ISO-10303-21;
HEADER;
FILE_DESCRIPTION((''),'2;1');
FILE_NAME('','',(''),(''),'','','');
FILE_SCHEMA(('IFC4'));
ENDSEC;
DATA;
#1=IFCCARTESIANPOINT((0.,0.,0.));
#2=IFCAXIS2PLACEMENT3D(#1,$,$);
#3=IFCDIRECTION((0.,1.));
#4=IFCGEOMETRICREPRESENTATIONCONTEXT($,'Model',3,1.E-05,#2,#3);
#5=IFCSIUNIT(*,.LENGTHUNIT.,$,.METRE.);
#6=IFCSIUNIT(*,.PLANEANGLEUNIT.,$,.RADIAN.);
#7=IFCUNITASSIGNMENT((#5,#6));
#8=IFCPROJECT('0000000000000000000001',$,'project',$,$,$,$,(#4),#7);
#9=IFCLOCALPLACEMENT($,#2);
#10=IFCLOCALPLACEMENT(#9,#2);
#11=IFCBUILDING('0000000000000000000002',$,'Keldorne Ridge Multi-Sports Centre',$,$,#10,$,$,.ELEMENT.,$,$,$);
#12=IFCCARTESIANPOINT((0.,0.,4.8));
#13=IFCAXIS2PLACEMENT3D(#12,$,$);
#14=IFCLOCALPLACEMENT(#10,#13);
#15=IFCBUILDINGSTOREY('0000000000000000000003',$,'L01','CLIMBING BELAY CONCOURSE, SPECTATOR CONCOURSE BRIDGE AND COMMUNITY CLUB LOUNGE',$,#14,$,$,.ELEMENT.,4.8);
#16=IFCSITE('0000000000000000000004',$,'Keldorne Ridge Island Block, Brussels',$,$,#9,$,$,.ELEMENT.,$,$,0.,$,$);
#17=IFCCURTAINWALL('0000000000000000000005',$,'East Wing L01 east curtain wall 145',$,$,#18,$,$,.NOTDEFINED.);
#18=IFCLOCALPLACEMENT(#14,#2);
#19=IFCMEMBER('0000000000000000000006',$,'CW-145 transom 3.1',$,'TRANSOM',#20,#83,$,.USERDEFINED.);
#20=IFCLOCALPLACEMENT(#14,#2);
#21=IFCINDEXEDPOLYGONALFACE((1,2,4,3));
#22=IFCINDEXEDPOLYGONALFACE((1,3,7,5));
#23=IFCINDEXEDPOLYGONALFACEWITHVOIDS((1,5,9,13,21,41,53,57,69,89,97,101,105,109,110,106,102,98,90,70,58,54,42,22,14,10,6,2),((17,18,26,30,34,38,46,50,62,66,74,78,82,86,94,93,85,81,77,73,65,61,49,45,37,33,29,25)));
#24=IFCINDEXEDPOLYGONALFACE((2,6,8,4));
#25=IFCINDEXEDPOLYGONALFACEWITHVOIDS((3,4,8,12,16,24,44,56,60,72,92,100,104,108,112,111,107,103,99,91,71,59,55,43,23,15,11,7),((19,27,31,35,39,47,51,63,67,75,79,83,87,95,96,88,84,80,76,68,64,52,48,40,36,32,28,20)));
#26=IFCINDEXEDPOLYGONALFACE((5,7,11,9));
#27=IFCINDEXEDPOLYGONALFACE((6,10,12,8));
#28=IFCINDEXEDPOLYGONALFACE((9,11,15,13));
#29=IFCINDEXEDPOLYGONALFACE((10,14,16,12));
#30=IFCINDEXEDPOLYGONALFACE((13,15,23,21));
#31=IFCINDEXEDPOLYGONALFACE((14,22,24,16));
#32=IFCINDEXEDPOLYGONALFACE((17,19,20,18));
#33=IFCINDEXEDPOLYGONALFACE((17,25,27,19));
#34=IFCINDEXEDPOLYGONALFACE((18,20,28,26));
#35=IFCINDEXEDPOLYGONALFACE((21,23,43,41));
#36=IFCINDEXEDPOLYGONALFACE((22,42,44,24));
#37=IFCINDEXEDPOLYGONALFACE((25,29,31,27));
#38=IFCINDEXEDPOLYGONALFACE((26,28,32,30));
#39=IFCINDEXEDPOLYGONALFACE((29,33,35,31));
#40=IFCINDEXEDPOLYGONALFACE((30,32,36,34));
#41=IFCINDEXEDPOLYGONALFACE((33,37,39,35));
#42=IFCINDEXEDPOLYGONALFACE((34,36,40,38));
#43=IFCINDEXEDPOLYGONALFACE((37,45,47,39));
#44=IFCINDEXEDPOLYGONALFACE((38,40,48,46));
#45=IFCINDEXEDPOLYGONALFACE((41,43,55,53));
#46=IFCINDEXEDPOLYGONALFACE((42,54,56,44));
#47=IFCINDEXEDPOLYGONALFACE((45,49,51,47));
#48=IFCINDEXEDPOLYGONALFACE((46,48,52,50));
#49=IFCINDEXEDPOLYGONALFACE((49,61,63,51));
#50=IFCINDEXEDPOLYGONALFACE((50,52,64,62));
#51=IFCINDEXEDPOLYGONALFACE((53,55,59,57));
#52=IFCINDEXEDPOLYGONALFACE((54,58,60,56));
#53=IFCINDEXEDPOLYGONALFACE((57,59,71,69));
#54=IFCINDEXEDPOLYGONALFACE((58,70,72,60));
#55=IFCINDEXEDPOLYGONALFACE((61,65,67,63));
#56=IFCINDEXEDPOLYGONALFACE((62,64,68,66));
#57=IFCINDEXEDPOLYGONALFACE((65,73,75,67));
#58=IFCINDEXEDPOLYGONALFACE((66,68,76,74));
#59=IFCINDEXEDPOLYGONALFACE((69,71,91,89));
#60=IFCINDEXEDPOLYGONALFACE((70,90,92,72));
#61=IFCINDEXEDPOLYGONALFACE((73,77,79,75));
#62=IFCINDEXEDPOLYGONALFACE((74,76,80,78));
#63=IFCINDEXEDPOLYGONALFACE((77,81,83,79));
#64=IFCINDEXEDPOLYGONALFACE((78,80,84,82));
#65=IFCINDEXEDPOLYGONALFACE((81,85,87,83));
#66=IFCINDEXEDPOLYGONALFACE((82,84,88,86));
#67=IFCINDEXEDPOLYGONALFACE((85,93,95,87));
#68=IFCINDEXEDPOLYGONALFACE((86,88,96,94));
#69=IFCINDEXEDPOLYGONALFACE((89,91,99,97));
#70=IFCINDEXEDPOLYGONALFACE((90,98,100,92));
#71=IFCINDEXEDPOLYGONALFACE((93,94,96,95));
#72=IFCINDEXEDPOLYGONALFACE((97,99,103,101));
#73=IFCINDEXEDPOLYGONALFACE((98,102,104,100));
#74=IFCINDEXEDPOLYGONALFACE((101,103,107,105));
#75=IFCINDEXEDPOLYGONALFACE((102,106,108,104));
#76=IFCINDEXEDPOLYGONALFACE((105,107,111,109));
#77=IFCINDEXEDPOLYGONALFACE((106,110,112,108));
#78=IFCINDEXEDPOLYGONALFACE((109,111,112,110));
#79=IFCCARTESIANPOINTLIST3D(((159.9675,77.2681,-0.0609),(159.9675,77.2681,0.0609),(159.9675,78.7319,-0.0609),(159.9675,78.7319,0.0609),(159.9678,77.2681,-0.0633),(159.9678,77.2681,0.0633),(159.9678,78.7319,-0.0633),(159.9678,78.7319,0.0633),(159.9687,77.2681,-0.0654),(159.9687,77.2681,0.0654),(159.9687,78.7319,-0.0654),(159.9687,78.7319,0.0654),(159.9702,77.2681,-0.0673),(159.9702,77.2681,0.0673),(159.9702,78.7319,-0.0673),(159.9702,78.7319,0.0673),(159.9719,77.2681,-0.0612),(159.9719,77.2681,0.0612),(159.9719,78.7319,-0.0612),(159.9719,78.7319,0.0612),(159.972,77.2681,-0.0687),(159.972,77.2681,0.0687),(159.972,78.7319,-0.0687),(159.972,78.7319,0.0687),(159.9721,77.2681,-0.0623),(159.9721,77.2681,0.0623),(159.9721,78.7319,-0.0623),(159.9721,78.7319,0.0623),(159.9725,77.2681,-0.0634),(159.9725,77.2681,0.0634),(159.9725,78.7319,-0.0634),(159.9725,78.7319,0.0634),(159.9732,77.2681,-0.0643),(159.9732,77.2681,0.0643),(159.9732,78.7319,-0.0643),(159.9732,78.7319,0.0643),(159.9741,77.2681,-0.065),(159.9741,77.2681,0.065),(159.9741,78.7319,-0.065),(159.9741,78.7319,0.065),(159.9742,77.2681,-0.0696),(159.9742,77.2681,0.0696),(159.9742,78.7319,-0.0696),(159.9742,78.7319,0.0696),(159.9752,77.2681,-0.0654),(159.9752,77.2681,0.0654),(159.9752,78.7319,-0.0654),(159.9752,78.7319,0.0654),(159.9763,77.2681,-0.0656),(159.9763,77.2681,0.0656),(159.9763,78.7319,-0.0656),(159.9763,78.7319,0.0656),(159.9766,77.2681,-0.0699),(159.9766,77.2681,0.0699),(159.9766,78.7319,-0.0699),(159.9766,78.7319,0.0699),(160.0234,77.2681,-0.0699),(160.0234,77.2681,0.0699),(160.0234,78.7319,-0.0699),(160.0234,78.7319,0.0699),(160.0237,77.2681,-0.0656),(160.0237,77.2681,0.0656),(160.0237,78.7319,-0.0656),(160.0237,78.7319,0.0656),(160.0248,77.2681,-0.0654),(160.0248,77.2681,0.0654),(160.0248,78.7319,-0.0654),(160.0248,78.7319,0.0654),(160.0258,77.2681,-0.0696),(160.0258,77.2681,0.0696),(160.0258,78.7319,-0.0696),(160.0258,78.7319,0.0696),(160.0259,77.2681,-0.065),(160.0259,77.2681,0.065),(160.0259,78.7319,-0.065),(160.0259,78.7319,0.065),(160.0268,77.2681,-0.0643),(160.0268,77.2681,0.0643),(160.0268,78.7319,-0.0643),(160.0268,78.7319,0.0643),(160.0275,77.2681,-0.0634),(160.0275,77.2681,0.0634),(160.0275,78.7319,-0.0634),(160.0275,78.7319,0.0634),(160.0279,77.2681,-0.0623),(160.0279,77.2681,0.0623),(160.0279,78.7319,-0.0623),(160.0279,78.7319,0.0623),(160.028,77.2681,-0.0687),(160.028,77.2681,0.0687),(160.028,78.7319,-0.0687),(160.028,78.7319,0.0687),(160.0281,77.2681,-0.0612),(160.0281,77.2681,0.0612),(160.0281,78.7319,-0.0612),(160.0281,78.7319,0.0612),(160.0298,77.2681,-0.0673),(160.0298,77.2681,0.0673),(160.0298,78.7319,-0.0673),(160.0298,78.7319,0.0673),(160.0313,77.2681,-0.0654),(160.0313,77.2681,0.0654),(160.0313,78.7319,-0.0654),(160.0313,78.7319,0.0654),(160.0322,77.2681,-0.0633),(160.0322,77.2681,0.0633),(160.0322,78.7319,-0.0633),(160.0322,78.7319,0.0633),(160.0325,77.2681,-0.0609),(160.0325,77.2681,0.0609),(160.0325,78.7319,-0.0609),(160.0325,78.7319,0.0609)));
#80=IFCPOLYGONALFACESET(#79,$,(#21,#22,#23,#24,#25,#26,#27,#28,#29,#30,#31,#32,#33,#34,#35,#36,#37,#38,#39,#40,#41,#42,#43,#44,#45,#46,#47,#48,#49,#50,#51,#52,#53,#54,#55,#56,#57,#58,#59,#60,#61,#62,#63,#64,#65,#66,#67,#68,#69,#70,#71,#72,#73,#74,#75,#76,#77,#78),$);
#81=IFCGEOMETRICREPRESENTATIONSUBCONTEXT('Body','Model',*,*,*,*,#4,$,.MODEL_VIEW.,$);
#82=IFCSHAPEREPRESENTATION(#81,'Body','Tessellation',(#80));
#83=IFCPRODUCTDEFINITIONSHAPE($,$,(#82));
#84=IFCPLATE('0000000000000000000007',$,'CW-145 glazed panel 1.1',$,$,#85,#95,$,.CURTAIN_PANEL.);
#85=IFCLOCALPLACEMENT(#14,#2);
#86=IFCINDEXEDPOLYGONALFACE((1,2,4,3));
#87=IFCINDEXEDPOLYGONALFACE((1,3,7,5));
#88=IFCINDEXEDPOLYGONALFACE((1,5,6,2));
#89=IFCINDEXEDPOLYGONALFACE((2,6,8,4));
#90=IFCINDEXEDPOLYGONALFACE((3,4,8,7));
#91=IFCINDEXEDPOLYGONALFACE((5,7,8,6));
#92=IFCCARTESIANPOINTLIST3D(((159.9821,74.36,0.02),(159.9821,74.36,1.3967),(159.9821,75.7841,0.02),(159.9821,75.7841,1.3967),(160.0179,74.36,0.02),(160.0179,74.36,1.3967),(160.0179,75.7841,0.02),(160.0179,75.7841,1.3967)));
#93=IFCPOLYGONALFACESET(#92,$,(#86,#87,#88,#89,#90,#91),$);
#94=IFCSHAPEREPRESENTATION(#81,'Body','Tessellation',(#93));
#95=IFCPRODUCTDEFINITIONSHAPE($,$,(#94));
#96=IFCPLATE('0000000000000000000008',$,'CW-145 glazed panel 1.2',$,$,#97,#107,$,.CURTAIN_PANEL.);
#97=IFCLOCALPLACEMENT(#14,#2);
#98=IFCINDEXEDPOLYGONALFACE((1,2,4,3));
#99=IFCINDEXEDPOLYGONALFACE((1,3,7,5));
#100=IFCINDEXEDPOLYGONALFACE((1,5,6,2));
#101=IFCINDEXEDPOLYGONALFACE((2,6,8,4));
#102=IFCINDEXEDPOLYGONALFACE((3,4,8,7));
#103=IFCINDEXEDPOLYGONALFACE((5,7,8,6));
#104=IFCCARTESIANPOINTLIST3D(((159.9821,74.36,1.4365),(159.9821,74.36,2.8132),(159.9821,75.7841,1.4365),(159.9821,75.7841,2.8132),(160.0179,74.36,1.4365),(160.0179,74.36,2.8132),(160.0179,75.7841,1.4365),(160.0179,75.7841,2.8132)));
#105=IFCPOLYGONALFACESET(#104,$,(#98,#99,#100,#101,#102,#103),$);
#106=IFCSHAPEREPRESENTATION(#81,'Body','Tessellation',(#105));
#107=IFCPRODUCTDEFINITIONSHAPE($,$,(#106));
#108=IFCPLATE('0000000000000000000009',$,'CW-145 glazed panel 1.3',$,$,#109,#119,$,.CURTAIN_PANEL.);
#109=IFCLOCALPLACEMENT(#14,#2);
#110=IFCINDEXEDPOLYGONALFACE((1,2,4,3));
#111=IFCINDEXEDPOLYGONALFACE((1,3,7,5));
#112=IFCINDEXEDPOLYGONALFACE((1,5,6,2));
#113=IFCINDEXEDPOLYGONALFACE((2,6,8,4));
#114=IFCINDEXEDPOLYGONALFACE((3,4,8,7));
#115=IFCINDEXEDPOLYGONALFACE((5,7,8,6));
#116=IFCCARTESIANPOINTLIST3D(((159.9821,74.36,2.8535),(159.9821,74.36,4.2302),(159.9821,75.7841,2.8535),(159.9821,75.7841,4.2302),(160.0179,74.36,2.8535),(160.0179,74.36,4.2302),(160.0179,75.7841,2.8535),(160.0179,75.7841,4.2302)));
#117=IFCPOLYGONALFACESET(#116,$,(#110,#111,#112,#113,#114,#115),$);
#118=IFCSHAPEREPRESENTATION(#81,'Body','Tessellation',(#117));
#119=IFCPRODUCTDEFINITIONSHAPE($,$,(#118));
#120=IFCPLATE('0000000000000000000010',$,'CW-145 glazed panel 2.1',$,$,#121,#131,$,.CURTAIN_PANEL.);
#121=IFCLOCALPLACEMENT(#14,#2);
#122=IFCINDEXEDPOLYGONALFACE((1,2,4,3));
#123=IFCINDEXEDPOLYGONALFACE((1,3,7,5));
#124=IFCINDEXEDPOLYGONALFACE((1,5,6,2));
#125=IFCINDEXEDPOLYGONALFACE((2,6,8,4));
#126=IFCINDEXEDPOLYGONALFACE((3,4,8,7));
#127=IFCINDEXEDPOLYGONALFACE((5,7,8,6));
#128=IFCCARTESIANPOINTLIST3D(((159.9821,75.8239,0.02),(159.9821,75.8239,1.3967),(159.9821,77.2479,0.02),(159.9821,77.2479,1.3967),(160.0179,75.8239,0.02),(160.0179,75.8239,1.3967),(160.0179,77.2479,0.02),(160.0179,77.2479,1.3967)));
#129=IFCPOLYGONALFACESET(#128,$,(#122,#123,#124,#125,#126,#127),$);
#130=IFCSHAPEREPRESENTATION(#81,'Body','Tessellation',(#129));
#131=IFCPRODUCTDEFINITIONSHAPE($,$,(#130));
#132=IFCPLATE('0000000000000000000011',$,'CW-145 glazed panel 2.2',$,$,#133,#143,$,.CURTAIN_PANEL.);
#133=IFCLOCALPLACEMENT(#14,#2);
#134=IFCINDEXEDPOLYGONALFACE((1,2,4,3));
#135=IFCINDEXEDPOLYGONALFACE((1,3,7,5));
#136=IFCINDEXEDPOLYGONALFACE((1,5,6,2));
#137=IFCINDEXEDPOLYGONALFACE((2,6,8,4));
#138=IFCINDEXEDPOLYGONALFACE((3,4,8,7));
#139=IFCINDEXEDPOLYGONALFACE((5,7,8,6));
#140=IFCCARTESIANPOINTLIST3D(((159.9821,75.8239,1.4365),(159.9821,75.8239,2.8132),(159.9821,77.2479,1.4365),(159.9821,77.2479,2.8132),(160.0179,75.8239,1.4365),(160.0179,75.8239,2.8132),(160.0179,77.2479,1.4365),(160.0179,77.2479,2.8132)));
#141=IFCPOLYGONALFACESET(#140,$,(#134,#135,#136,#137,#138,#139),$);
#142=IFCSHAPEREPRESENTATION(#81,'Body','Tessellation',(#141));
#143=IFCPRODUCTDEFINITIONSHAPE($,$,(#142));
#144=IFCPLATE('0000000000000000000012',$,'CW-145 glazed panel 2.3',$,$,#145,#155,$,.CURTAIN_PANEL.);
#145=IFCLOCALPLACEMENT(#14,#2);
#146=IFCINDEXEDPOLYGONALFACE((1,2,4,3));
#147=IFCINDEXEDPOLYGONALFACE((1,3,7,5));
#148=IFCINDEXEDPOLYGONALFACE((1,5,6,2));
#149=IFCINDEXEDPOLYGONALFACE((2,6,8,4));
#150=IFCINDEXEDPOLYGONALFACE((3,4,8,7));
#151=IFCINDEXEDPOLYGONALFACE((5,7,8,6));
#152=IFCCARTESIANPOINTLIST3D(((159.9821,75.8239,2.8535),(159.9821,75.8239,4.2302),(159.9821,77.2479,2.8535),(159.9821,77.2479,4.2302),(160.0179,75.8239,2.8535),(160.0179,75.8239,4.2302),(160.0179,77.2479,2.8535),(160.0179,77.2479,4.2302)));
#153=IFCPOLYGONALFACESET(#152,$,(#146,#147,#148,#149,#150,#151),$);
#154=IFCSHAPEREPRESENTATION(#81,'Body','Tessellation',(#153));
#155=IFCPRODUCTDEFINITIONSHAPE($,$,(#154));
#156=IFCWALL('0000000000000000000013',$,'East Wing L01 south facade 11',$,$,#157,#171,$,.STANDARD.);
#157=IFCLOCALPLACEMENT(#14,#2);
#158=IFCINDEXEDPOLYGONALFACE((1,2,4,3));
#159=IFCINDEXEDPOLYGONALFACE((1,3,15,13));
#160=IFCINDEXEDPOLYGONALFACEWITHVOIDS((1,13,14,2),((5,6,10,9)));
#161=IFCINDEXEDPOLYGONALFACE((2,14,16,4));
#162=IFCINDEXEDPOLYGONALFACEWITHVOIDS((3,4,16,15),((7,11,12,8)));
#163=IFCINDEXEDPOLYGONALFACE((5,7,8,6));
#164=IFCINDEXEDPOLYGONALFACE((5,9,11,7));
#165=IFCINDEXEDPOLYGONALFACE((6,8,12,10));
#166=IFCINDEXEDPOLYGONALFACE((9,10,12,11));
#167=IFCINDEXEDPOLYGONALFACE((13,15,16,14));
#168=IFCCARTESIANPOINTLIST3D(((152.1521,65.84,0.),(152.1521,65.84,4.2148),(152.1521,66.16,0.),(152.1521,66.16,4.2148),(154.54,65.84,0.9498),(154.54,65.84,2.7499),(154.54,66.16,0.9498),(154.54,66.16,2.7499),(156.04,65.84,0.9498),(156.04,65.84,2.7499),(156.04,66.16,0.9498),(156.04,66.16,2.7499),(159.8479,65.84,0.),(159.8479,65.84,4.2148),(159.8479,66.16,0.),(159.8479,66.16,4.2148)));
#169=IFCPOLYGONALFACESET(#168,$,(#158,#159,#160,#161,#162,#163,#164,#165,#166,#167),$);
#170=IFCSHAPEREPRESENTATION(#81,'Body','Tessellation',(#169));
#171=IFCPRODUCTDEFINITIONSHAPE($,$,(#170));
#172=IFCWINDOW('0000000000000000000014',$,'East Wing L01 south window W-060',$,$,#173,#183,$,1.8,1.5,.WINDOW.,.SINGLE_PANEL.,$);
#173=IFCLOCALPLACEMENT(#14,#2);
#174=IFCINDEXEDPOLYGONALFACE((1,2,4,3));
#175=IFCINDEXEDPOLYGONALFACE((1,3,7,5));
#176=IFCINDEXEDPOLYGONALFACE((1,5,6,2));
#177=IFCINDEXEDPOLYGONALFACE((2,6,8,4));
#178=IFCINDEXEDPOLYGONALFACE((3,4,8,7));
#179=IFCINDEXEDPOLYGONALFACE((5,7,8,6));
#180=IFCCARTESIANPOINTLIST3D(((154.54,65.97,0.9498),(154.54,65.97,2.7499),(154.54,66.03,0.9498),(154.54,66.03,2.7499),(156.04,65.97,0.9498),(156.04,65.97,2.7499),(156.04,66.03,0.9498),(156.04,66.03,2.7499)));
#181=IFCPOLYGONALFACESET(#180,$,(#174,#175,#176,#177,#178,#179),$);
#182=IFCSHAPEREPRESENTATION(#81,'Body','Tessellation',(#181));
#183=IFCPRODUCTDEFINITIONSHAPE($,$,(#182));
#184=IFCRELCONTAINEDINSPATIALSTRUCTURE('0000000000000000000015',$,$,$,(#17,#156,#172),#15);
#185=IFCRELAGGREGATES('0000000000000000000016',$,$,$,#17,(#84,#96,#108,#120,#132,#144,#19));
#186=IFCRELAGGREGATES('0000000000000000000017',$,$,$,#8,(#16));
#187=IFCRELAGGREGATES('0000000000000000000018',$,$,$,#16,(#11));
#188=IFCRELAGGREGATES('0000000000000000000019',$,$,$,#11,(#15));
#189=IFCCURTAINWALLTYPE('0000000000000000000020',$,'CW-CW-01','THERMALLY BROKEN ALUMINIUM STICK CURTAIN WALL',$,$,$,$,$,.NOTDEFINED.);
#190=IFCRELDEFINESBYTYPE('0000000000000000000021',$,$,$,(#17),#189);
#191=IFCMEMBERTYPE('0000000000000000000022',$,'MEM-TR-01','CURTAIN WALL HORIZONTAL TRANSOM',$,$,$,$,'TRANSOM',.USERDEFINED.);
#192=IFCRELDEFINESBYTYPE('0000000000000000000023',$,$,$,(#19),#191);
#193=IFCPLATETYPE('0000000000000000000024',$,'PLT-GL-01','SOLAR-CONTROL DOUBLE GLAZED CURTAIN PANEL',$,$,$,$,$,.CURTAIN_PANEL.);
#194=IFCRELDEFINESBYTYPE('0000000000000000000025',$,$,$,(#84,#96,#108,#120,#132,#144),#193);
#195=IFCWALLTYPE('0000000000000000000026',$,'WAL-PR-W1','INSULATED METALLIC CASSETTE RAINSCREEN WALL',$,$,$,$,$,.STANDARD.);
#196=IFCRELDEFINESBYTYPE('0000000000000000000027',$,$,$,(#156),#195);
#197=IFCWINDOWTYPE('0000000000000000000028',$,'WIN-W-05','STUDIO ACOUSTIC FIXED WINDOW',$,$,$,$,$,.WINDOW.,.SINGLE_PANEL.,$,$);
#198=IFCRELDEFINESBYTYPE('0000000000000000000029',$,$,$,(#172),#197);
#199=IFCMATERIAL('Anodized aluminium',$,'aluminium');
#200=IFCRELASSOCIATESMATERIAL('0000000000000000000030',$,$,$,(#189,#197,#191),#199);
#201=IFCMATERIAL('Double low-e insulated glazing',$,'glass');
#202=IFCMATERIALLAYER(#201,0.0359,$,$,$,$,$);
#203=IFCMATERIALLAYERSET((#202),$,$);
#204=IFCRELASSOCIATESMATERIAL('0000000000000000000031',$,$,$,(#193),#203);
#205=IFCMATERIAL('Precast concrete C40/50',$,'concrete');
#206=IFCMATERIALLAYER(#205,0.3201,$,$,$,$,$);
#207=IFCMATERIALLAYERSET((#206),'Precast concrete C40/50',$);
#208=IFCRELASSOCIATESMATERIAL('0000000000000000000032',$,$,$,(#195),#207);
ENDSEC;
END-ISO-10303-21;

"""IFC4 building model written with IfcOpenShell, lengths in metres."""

from ifc_helpers import new_model, si_unit, direction, frame, frame_2d, origin, origin_2d, place, context, subcontext, project, spatial, rectangle, hollow_rectangle, extrude, material, layer, layer_set, material_profile, profile_set, type_object, element, fill, aggregate, save


model = new_model("IFC4")

# Units and contexts
model_context = context("Model", 3, precision=1e-05, world=origin(), true_north=direction((0.0, 1.0)))
body_context = subcontext(model_context, "Body", "Model", "MODEL_VIEW")
ifc_project = project(units=[si_unit("LENGTHUNIT", "METRE"), si_unit("PLANEANGLEUNIT", "RADIAN")], contexts=[model_context])

# Site, building, storey
site_placement = place(None, origin())
site = spatial("IfcSite", under=ifc_project, at=site_placement, Name="Keldorne Ridge Island Block, Brussels", CompositionType="ELEMENT", RefElevation=0.0)
building_placement = place(site_placement, origin())
building = spatial("IfcBuilding", under=site, at=building_placement, Name="Keldorne Ridge Multi-Sports Centre", CompositionType="ELEMENT")
storey_placement = place(building_placement, frame((0.0, 0.0, 4.8)))
storey = spatial("IfcBuildingStorey", under=building, at=storey_placement, Name="L01", Description="CLIMBING BELAY CONCOURSE, SPECTATOR CONCOURSE BRIDGE AND COMMUNITY CLUB LOUNGE", CompositionType="ELEMENT", Elevation=4.8)

# Curtain wall, member, plates
ifc_material_1 = material(Name="Anodized aluminium", Category="aluminium")
curtain_wall_type = type_object("IfcCurtainWallType", Name="CW-CW-01", Description="THERMALLY BROKEN ALUMINIUM STICK CURTAIN WALL", PredefinedType="NOTDEFINED", material=ifc_material_1)
curtain_wall_placement = place(storey_placement, origin())
curtain_wall = element("IfcCurtainWall", 1, at=curtain_wall_placement, inside=storey, type_object=curtain_wall_type, Name="East Wing L01 east curtain wall 145", PredefinedType="NOTDEFINED")
ifc_material_profile_1 = material_profile(ifc_material_1, hollow_rectangle(XDim=0.0649, YDim=0.1399, WallThickness=0.0044, InnerFilletRadius=0.0044, OuterFilletRadius=0.009, at=origin_2d()), Name="ALU TRANSOM 140x65x4.5")
ifc_profile_set_1 = profile_set([ifc_material_profile_1], Name="Anodized aluminium")
member_type_1 = type_object("IfcMemberType", Name="MEM-TR-01", Description="CURTAIN WALL HORIZONTAL TRANSOM", ElementType="TRANSOM", PredefinedType="USERDEFINED", material=ifc_profile_set_1)
member_1_placement = place(storey_placement, frame((160.0, 77.2681, 0.0), z_axis=(0.0, 1.0, 0.0), x_axis=(-1.0, 0.0, 0.0)))
member_1 = element("IfcMember", 2, at=member_1_placement, type_object=member_type_1, Name="CW-145 transom 3.1", ObjectType="TRANSOM", PredefinedType="USERDEFINED", context=body_context, shape_type="SweptSolid", body=[
    extrude(hollow_rectangle(XDim=0.0649, YDim=0.1399, WallThickness=0.0044, InnerFilletRadius=0.0044, OuterFilletRadius=0.009, at=origin_2d()), origin(), (0.0, 0.0, 1.0), 1.4639),
])
ifc_material_2 = material(Name="Double low-e insulated glazing", Category="glass")
ifc_layer_1 = layer(ifc_material_2, 0.0359)
ifc_layer_set_1 = layer_set([ifc_layer_1])
plate_type = type_object("IfcPlateType", Name="PLT-GL-01", Description="SOLAR-CONTROL DOUBLE GLAZED CURTAIN PANEL", PredefinedType="CURTAIN_PANEL", material=ifc_layer_set_1)
plate_1_placement = place(storey_placement, frame((160.0, 75.072, 0.02), z_axis=(0.0, 0.0, 1.0), x_axis=(0.0, 1.0, 0.0)))
plate_1 = element("IfcPlate", 3, at=plate_1_placement, type_object=plate_type, Name="CW-145 glazed panel 1.1", PredefinedType="CURTAIN_PANEL", context=body_context, shape_type="SweptSolid", body=[
    extrude(rectangle(XDim=1.4241, YDim=0.0359, at=origin_2d()), origin(), (0.0, 0.0, 1.0), 1.3767),
])
plate_2_placement = place(storey_placement, frame((160.0, 75.072, 1.4365), z_axis=(0.0, 0.0, 1.0), x_axis=(0.0, 1.0, 0.0)))
plate_2 = element("IfcPlate", 4, at=plate_2_placement, type_object=plate_type, Name="CW-145 glazed panel 1.2", PredefinedType="CURTAIN_PANEL", context=body_context, shape_type="SweptSolid", body=[
    extrude(rectangle(XDim=1.4241, YDim=0.0359, at=origin_2d()), origin(), (0.0, 0.0, 1.0), 1.3767),
])
plate_3_placement = place(storey_placement, frame((160.0, 75.072, 2.8535), z_axis=(0.0, 0.0, 1.0), x_axis=(0.0, 1.0, 0.0)))
plate_3 = element("IfcPlate", 5, at=plate_3_placement, type_object=plate_type, Name="CW-145 glazed panel 1.3", PredefinedType="CURTAIN_PANEL", context=body_context, shape_type="SweptSolid", body=[
    extrude(rectangle(XDim=1.4241, YDim=0.0359, at=origin_2d()), origin(), (0.0, 0.0, 1.0), 1.3767),
])
plate_4_placement = place(storey_placement, frame((160.0, 76.5359, 0.02), z_axis=(0.0, 0.0, 1.0), x_axis=(0.0, 1.0, 0.0)))
plate_4 = element("IfcPlate", 6, at=plate_4_placement, type_object=plate_type, Name="CW-145 glazed panel 2.1", PredefinedType="CURTAIN_PANEL", context=body_context, shape_type="SweptSolid", body=[
    extrude(rectangle(XDim=1.4241, YDim=0.0359, at=origin_2d()), origin(), (0.0, 0.0, 1.0), 1.3767),
])
plate_5_placement = place(storey_placement, frame((160.0, 76.5359, 1.4365), z_axis=(0.0, 0.0, 1.0), x_axis=(0.0, 1.0, 0.0)))
plate_5 = element("IfcPlate", 7, at=plate_5_placement, type_object=plate_type, Name="CW-145 glazed panel 2.2", PredefinedType="CURTAIN_PANEL", context=body_context, shape_type="SweptSolid", body=[
    extrude(rectangle(XDim=1.4241, YDim=0.0359, at=origin_2d()), origin(), (0.0, 0.0, 1.0), 1.3767),
])
plate_6_placement = place(storey_placement, frame((160.0, 76.5359, 2.8535), z_axis=(0.0, 0.0, 1.0), x_axis=(0.0, 1.0, 0.0)))
plate_6 = element("IfcPlate", 8, at=plate_6_placement, type_object=plate_type, Name="CW-145 glazed panel 2.3", PredefinedType="CURTAIN_PANEL", context=body_context, shape_type="SweptSolid", body=[
    extrude(rectangle(XDim=1.4241, YDim=0.0359, at=origin_2d()), origin(), (0.0, 0.0, 1.0), 1.3767),
])
aggregate(curtain_wall, [plate_1, plate_2, plate_3, plate_4, plate_5, plate_6, member_1])

# Wall, opening, window
ifc_material_3 = material(Name="Precast concrete C40/50", Category="concrete")
ifc_layer_2 = layer(ifc_material_3, 0.3201)
ifc_layer_set_2 = layer_set([ifc_layer_2], Name="Precast concrete C40/50")
wall_type = type_object("IfcWallType", Name="WAL-PR-W1", Description="INSULATED METALLIC CASSETTE RAINSCREEN WALL", PredefinedType="STANDARD", material=ifc_layer_set_2)
wall_1_placement = place(storey_placement, frame((152.1521, 66.0, 0.0), z_axis=(0.0, 0.0, 1.0), x_axis=(1.0, 0.0, 0.0)))
wall_1 = element("IfcWall", 9, at=wall_1_placement, inside=storey, type_object=wall_type, Name="East Wing L01 south facade 11", PredefinedType="STANDARD", context=body_context, shape_type="SweptSolid", body=[
    extrude(rectangle(XDim=7.6958, YDim=0.3201, at=frame_2d((3.8479, 0.0))), origin(), (0.0, 0.0, 1.0), 4.2148),
])
opening_1_placement = place(wall_1_placement, frame((2.3879, 0.0, 0.95)))
opening_1 = element("IfcOpeningElement", 10, at=opening_1_placement, cuts=wall_1, PredefinedType="OPENING", context=body_context, shape_type="SweptSolid", body=[
    extrude(rectangle(XDim=1.5, YDim=1.8, at=frame_2d((0.75, 0.8999))), frame((0.0, 0.1699, 0.0), z_axis=(0.0, -1.0, 0.0), x_axis=(1.0, 0.0, 0.0)), (0.0, 0.0, 1.0), 0.3401),
])
window_type_1 = type_object("IfcWindowType", Name="WIN-W-05", Description="STUDIO ACOUSTIC FIXED WINDOW", PartitioningType="SINGLE_PANEL", PredefinedType="WINDOW", material=ifc_material_1)
window_1_placement = place(opening_1_placement, origin())
window_1 = element("IfcWindow", 11, at=window_1_placement, inside=storey, type_object=window_type_1, Name="East Wing L01 south window W-060", OverallHeight=1.8, OverallWidth=1.5, PartitioningType="SINGLE_PANEL", PredefinedType="WINDOW", context=body_context, shape_type="SweptSolid", body=[
    extrude(rectangle(XDim=1.5, YDim=1.8, at=frame_2d((0.75, 0.8999))), frame((0.0, 0.03, 0.0), z_axis=(0.0, -1.0, 0.0), x_axis=(1.0, 0.0, 0.0)), (0.0, 0.0, 1.0), 0.0601),
])
fill(opening_1, window_1)

save(model, "model.ifc")
